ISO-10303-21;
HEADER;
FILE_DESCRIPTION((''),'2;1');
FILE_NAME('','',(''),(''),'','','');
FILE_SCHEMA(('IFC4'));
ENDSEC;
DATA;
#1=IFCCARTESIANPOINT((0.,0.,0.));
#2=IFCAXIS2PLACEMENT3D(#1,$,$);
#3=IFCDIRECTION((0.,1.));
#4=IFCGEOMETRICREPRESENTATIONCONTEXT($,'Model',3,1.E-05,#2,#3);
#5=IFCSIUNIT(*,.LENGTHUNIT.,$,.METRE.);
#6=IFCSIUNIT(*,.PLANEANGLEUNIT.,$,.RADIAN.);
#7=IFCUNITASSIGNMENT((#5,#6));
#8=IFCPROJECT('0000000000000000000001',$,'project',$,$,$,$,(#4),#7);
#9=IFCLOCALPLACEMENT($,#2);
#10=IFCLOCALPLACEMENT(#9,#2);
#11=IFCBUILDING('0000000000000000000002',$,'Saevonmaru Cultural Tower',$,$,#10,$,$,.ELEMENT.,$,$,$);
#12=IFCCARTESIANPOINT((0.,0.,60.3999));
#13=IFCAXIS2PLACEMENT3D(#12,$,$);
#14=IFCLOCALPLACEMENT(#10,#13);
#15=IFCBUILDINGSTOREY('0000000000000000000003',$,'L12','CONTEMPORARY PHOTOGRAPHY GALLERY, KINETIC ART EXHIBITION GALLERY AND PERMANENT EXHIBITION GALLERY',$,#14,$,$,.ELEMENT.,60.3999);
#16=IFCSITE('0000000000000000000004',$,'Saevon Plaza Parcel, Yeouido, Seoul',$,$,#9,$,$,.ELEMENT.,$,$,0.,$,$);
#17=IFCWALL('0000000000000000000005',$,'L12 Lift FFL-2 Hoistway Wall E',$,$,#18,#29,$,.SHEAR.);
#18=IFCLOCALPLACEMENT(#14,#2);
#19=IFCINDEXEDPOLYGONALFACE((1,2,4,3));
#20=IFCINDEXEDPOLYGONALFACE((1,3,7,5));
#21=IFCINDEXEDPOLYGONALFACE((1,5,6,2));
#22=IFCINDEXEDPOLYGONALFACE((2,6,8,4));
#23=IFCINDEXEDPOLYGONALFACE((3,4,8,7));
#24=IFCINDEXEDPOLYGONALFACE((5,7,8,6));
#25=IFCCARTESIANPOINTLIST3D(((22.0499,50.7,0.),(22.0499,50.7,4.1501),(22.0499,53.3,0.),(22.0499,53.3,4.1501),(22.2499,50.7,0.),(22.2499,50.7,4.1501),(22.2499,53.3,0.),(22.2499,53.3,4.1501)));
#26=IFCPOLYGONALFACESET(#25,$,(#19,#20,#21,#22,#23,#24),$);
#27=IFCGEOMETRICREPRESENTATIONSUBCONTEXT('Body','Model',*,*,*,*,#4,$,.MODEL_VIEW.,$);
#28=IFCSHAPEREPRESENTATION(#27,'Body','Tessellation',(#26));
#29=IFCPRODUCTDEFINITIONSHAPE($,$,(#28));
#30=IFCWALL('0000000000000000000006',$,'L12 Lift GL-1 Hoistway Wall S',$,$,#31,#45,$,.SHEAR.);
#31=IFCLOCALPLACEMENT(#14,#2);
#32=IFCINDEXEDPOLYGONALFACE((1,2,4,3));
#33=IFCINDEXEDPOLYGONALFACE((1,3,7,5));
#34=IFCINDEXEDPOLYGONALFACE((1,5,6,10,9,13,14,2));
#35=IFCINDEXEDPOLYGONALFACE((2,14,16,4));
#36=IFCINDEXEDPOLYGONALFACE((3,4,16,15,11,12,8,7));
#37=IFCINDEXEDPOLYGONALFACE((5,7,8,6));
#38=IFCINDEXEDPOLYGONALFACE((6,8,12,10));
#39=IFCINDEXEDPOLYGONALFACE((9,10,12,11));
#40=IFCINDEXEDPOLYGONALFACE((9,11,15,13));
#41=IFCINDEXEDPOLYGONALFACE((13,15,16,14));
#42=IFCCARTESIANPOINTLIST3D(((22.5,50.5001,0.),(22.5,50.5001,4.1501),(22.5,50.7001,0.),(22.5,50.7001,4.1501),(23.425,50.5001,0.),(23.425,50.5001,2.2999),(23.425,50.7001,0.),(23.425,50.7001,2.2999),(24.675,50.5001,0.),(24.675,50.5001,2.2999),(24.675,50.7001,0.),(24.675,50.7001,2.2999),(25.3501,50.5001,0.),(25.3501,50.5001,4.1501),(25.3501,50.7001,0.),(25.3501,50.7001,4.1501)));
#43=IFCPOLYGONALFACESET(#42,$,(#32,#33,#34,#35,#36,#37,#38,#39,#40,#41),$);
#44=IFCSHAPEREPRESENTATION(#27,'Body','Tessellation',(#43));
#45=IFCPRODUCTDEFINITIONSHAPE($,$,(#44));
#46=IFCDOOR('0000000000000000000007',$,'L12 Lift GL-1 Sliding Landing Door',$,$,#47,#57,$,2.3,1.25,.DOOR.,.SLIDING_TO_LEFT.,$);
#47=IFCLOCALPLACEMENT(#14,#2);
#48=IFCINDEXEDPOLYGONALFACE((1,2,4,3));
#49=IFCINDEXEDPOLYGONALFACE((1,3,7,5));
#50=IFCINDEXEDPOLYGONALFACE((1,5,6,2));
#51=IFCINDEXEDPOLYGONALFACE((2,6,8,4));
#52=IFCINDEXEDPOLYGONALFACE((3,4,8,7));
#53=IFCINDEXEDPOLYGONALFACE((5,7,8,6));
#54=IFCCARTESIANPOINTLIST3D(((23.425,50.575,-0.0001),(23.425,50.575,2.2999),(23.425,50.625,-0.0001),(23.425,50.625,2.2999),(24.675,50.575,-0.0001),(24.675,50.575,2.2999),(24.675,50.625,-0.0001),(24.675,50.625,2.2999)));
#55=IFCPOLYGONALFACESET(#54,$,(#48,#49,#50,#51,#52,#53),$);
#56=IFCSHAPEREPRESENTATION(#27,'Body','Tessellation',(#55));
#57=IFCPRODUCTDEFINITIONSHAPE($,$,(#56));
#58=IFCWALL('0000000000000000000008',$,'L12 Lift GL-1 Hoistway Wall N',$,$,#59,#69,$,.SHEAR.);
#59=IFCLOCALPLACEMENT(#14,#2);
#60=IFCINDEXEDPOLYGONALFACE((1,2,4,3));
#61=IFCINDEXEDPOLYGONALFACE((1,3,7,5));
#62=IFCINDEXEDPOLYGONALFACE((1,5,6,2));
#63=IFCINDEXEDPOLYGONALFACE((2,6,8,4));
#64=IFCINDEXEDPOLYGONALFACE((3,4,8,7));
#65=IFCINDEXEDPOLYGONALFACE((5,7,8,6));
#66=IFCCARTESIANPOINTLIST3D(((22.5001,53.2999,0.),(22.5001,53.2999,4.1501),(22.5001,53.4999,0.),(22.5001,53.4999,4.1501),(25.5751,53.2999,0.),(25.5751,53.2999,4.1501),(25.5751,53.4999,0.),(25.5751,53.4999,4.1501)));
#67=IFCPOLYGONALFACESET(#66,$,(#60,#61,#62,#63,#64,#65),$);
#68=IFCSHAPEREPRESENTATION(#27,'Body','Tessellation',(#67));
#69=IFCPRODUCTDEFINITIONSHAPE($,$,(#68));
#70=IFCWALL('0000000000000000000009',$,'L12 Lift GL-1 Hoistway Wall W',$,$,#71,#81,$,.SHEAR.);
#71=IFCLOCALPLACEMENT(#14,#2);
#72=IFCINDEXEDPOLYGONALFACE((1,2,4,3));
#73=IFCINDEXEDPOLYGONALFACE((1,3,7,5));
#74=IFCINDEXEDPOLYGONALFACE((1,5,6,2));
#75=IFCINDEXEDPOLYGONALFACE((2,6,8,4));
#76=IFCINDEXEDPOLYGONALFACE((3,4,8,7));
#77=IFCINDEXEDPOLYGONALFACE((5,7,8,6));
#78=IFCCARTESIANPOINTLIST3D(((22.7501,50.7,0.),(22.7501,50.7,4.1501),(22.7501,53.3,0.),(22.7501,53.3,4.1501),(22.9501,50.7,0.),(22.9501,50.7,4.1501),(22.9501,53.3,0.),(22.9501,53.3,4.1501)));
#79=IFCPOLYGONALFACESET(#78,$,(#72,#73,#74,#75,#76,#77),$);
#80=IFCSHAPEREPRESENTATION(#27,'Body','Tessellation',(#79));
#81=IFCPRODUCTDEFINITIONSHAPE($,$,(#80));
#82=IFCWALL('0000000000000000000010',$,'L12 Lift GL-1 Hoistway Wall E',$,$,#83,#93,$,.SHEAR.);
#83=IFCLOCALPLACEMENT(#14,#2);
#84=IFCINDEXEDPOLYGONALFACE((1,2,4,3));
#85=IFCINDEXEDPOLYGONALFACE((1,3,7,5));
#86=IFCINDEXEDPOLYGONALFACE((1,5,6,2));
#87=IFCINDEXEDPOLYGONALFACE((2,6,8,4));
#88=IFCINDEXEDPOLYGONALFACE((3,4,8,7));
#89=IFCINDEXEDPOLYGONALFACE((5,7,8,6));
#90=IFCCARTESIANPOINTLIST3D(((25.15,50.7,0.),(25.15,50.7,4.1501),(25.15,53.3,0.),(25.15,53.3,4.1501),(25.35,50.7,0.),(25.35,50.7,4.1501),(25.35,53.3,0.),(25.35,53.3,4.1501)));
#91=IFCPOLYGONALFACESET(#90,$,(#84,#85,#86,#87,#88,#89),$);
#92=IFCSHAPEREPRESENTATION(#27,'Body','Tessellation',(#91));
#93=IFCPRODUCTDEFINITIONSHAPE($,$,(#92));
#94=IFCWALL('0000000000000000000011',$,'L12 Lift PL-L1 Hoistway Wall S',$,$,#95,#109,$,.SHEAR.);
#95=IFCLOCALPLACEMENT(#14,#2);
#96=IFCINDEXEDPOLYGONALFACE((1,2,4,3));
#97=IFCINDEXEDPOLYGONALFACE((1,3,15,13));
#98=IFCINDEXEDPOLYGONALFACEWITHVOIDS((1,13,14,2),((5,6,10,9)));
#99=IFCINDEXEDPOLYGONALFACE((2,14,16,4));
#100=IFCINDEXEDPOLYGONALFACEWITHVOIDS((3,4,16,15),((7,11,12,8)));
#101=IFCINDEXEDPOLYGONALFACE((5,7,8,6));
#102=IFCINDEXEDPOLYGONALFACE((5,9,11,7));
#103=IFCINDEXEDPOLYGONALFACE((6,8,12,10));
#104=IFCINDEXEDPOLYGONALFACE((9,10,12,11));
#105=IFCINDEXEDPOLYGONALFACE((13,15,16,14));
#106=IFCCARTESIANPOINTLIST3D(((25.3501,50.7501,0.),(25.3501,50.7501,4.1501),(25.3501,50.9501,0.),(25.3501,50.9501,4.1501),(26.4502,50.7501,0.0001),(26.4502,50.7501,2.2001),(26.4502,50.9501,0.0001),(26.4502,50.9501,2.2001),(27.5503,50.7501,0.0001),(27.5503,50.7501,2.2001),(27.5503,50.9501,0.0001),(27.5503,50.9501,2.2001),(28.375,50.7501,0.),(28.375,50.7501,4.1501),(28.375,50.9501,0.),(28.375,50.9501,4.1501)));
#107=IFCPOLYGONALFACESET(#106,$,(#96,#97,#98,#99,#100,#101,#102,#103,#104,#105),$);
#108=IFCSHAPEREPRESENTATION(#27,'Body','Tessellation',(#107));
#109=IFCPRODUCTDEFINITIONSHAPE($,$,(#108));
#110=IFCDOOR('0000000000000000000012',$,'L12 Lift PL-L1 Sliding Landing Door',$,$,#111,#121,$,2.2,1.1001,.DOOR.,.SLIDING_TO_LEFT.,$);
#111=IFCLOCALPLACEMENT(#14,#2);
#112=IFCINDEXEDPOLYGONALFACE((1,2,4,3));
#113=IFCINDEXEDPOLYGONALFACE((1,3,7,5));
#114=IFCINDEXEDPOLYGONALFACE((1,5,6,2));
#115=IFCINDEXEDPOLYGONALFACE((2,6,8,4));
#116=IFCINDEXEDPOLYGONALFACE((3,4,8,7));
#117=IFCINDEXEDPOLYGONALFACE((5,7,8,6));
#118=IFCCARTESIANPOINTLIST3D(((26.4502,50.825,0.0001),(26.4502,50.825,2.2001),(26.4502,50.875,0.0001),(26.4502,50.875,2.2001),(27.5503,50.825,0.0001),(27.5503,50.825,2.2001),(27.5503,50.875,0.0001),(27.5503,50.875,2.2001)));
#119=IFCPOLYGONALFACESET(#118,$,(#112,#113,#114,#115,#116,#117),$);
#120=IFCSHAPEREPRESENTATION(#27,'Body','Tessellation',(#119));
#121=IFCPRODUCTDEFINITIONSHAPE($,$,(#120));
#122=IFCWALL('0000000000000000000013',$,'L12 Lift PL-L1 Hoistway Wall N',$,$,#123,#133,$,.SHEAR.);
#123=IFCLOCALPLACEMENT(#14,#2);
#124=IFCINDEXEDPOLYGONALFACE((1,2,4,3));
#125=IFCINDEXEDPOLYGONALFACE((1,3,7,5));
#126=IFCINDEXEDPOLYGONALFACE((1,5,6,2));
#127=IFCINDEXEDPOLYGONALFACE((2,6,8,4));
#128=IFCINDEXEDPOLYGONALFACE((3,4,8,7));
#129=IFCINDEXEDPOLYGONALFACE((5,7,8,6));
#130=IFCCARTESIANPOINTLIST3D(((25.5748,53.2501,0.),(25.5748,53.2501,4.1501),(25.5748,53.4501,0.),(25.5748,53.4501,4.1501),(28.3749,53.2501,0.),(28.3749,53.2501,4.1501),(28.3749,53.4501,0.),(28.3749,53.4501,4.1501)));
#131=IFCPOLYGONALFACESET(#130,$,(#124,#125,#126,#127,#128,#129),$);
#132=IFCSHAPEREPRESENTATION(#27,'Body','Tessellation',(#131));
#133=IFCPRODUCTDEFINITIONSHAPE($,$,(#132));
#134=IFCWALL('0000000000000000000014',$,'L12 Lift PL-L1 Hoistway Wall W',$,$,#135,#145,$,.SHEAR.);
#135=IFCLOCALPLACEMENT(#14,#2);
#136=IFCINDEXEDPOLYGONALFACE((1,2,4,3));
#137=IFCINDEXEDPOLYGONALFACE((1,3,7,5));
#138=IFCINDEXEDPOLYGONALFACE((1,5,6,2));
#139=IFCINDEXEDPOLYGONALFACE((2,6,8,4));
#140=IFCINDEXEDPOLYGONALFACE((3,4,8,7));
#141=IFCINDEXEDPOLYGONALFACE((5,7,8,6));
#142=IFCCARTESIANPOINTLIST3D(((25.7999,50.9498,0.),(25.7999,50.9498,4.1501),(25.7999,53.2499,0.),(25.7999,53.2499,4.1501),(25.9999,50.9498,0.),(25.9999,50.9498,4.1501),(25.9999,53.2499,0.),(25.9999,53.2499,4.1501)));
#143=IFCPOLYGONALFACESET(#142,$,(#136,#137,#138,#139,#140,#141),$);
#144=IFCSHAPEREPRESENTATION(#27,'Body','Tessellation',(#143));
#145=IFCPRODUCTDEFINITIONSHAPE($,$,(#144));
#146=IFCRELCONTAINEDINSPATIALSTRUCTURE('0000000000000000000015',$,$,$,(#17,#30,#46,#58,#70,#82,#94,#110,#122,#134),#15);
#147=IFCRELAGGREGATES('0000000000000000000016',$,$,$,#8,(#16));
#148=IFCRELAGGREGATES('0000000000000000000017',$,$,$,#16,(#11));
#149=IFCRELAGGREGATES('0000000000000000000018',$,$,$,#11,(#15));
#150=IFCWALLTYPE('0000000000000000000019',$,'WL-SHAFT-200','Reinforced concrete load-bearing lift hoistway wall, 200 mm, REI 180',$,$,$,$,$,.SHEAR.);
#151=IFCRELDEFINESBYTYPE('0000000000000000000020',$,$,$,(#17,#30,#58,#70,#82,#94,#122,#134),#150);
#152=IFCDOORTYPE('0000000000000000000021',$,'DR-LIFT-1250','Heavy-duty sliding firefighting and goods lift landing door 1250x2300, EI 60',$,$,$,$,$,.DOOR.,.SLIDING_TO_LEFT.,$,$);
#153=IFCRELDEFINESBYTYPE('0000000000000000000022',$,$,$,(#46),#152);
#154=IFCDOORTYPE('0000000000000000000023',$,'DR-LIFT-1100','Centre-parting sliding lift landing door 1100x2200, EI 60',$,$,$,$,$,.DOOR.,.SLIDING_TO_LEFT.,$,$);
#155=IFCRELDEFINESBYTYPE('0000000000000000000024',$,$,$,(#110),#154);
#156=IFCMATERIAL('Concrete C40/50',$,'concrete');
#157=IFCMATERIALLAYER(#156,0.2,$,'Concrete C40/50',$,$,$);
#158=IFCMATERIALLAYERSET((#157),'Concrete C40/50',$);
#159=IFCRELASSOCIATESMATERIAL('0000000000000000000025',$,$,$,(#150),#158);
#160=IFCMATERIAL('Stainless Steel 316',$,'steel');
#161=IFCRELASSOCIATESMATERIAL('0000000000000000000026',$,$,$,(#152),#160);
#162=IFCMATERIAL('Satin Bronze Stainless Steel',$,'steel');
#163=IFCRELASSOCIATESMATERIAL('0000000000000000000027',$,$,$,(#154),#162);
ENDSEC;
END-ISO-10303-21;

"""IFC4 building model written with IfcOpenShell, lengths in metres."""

from ifc_helpers import new_model, si_unit, direction, frame, frame_2d, origin, place, context, subcontext, project, spatial, rectangle, extrude, material, layer, layer_set, type_object, element, fill, save


model = new_model("IFC4")

# Units and contexts
model_context = context("Model", 3, precision=1e-05, world=origin(), true_north=direction((0.0, 1.0)))
body_context = subcontext(model_context, "Body", "Model", "MODEL_VIEW")
ifc_project = project(units=[si_unit("LENGTHUNIT", "METRE"), si_unit("PLANEANGLEUNIT", "RADIAN")], contexts=[model_context])

# Site, building, storey
site_placement = place(None, origin())
site = spatial("IfcSite", under=ifc_project, at=site_placement, Name="Saevon Plaza Parcel, Yeouido, Seoul", CompositionType="ELEMENT", RefElevation=0.0)
building_placement = place(site_placement, origin())
building = spatial("IfcBuilding", under=site, at=building_placement, Name="Saevonmaru Cultural Tower", CompositionType="ELEMENT")
storey_placement = place(building_placement, frame((0.0, 0.0, 60.3999)))
storey = spatial("IfcBuildingStorey", under=building, at=storey_placement, Name="L12", Description="CONTEMPORARY PHOTOGRAPHY GALLERY, KINETIC ART EXHIBITION GALLERY AND PERMANENT EXHIBITION GALLERY", CompositionType="ELEMENT", Elevation=60.3999)

# Wall
ifc_material_1 = material(Name="Concrete C40/50", Category="concrete")
ifc_layer_1 = layer(ifc_material_1, 0.2, Name="Concrete C40/50")
ifc_layer_set_1 = layer_set([ifc_layer_1], Name="Concrete C40/50")
wall_type_1 = type_object("IfcWallType", Name="WL-SHAFT-200", Description="Reinforced concrete load-bearing lift hoistway wall, 200 mm, REI 180", PredefinedType="SHEAR", material=ifc_layer_set_1)
for number, where, z_axis, x_axis, name in (
    (1, (22.1499, 50.7, 0.0), (0.0, 0.0, 1.0), (0.0, 1.0, 0.0), "L12 Lift FFL-2 Hoistway Wall E"),
):
    element("IfcWall", number, at=place(storey_placement, frame(where, z_axis=z_axis, x_axis=x_axis)), inside=storey, type_object=wall_type_1, Name=name, PredefinedType="SHEAR", context=body_context, shape_type="SweptSolid", body=[
        extrude(rectangle(XDim=2.6001, YDim=0.2, at=frame_2d((1.3, 0.0))), origin(), (0.0, 0.0, 1.0), 4.1501),
    ])

# Wall, opening, door
wall_1_placement = place(storey_placement, frame((22.5, 50.6001, 0.0), z_axis=(0.0, 0.0, 1.0), x_axis=(1.0, 0.0, 0.0)))
wall_1 = element("IfcWall", 2, at=wall_1_placement, inside=storey, type_object=wall_type_1, Name="L12 Lift GL-1 Hoistway Wall S", PredefinedType="SHEAR", context=body_context, shape_type="SweptSolid", body=[
    extrude(rectangle(XDim=2.8501, YDim=0.2, at=frame_2d((1.425, 0.0))), origin(), (0.0, 0.0, 1.0), 4.1501),
])
opening_1_placement = place(wall_1_placement, frame((0.925, 0.0, 0.0)))
opening_1 = element("IfcOpeningElement", 3, at=opening_1_placement, cuts=wall_1, PredefinedType="OPENING", context=body_context, shape_type="SweptSolid", body=[
    extrude(rectangle(XDim=1.25, YDim=2.3, at=frame_2d((0.625, 1.1499))), frame((0.0, 0.1099, 0.0), z_axis=(0.0, -1.0, 0.0), x_axis=(1.0, 0.0, 0.0)), (0.0, 0.0, 1.0), 0.22),
])
ifc_material_2 = material(Name="Stainless Steel 316", Category="steel")
door_type_1 = type_object("IfcDoorType", Name="DR-LIFT-1250", Description="Heavy-duty sliding firefighting and goods lift landing door 1250x2300, EI 60", OperationType="SLIDING_TO_LEFT", PredefinedType="DOOR", material=ifc_material_2)
door_1_placement = place(opening_1_placement, origin())
door_1 = element("IfcDoor", 4, at=door_1_placement, inside=storey, type_object=door_type_1, Name="L12 Lift GL-1 Sliding Landing Door", OperationType="SLIDING_TO_LEFT", OverallHeight=2.3, OverallWidth=1.25, PredefinedType="DOOR", context=body_context, shape_type="SweptSolid", body=[
    extrude(rectangle(XDim=1.25, YDim=2.3, at=frame_2d((0.625, 1.1499))), frame((0.0, 0.0249, 0.0), z_axis=(0.0, -1.0, 0.0), x_axis=(1.0, 0.0, 0.0)), (0.0, 0.0, 1.0), 0.05),
])
fill(opening_1, door_1)

# Walls
wall_2_placement = place(storey_placement, frame((22.5, 53.3999, 0.0), z_axis=(0.0, 0.0, 1.0), x_axis=(1.0, 0.0, 0.0)))
element("IfcWall", 5, at=wall_2_placement, inside=storey, type_object=wall_type_1, Name="L12 Lift GL-1 Hoistway Wall N", PredefinedType="SHEAR", context=body_context, shape_type="SweptSolid", body=[
    extrude(rectangle(XDim=3.075, YDim=0.2, at=frame_2d((1.5376, 0.0))), origin(), (0.0, 0.0, 1.0), 4.1501),
])
for number, where, z_axis, x_axis, name in (
    (6, (22.8501, 50.7, 0.0), (0.0, 0.0, 1.0), (0.0, 1.0, 0.0), "L12 Lift GL-1 Hoistway Wall W"),
    (7, (25.25, 50.7, 0.0), (0.0, 0.0, 1.0), (0.0, 1.0, 0.0), "L12 Lift GL-1 Hoistway Wall E"),
):
    element("IfcWall", number, at=place(storey_placement, frame(where, z_axis=z_axis, x_axis=x_axis)), inside=storey, type_object=wall_type_1, Name=name, PredefinedType="SHEAR", context=body_context, shape_type="SweptSolid", body=[
        extrude(rectangle(XDim=2.6001, YDim=0.2, at=frame_2d((1.3, 0.0))), origin(), (0.0, 0.0, 1.0), 4.1501),
    ])

# Wall, opening, door
wall_3_placement = place(storey_placement, frame((25.3501, 50.8501, 0.0), z_axis=(0.0, 0.0, 1.0), x_axis=(1.0, 0.0, 0.0)))
wall_3 = element("IfcWall", 8, at=wall_3_placement, inside=storey, type_object=wall_type_1, Name="L12 Lift PL-L1 Hoistway Wall S", PredefinedType="SHEAR", context=body_context, shape_type="SweptSolid", body=[
    extrude(rectangle(XDim=3.0249, YDim=0.2, at=frame_2d((1.5125, 0.0))), origin(), (0.0, 0.0, 1.0), 4.1501),
])
opening_2_placement = place(wall_3_placement, frame((1.1001, 0.0, 0.0)))
opening_2 = element("IfcOpeningElement", 9, at=opening_2_placement, cuts=wall_3, PredefinedType="OPENING", context=body_context, shape_type="SweptSolid", body=[
    extrude(rectangle(XDim=1.1001, YDim=2.2, at=frame_2d((0.55, 1.1001))), frame((0.0, 0.1099, 0.0), z_axis=(0.0, -1.0, 0.0), x_axis=(1.0, 0.0, 0.0)), (0.0, 0.0, 1.0), 0.22),
])
ifc_material_3 = material(Name="Satin Bronze Stainless Steel", Category="steel")
door_type_2 = type_object("IfcDoorType", Name="DR-LIFT-1100", Description="Centre-parting sliding lift landing door 1100x2200, EI 60", OperationType="SLIDING_TO_LEFT", PredefinedType="DOOR", material=ifc_material_3)
door_2_placement = place(opening_2_placement, origin())
door_2 = element("IfcDoor", 10, at=door_2_placement, inside=storey, type_object=door_type_2, Name="L12 Lift PL-L1 Sliding Landing Door", OperationType="SLIDING_TO_LEFT", OverallHeight=2.2, OverallWidth=1.1001, PredefinedType="DOOR", context=body_context, shape_type="SweptSolid", body=[
    extrude(rectangle(XDim=1.1001, YDim=2.2, at=frame_2d((0.55, 1.1001))), frame((0.0, 0.0249, 0.0), z_axis=(0.0, -1.0, 0.0), x_axis=(1.0, 0.0, 0.0)), (0.0, 0.0, 1.0), 0.05),
])
fill(opening_2, door_2)

# Walls
wall_4_placement = place(storey_placement, frame((25.575, 53.3501, 0.0), z_axis=(0.0, 0.0, 1.0), x_axis=(1.0, 0.0, 0.0)))
element("IfcWall", 11, at=wall_4_placement, inside=storey, type_object=wall_type_1, Name="L12 Lift PL-L1 Hoistway Wall N", PredefinedType="SHEAR", context=body_context, shape_type="SweptSolid", body=[
    extrude(rectangle(XDim=2.8, YDim=0.2, at=frame_2d((1.3999, 0.0))), origin(), (0.0, 0.0, 1.0), 4.1501),
])
wall_5_placement = place(storey_placement, frame((25.8999, 50.95, 0.0), z_axis=(0.0, 0.0, 1.0), x_axis=(0.0, 1.0, 0.0)))
element("IfcWall", 12, at=wall_5_placement, inside=storey, type_object=wall_type_1, Name="L12 Lift PL-L1 Hoistway Wall W", PredefinedType="SHEAR", context=body_context, shape_type="SweptSolid", body=[
    extrude(rectangle(XDim=2.3, YDim=0.2, at=frame_2d((1.1499, 0.0))), origin(), (0.0, 0.0, 1.0), 4.1501),
])

save(model, "model.ifc")
